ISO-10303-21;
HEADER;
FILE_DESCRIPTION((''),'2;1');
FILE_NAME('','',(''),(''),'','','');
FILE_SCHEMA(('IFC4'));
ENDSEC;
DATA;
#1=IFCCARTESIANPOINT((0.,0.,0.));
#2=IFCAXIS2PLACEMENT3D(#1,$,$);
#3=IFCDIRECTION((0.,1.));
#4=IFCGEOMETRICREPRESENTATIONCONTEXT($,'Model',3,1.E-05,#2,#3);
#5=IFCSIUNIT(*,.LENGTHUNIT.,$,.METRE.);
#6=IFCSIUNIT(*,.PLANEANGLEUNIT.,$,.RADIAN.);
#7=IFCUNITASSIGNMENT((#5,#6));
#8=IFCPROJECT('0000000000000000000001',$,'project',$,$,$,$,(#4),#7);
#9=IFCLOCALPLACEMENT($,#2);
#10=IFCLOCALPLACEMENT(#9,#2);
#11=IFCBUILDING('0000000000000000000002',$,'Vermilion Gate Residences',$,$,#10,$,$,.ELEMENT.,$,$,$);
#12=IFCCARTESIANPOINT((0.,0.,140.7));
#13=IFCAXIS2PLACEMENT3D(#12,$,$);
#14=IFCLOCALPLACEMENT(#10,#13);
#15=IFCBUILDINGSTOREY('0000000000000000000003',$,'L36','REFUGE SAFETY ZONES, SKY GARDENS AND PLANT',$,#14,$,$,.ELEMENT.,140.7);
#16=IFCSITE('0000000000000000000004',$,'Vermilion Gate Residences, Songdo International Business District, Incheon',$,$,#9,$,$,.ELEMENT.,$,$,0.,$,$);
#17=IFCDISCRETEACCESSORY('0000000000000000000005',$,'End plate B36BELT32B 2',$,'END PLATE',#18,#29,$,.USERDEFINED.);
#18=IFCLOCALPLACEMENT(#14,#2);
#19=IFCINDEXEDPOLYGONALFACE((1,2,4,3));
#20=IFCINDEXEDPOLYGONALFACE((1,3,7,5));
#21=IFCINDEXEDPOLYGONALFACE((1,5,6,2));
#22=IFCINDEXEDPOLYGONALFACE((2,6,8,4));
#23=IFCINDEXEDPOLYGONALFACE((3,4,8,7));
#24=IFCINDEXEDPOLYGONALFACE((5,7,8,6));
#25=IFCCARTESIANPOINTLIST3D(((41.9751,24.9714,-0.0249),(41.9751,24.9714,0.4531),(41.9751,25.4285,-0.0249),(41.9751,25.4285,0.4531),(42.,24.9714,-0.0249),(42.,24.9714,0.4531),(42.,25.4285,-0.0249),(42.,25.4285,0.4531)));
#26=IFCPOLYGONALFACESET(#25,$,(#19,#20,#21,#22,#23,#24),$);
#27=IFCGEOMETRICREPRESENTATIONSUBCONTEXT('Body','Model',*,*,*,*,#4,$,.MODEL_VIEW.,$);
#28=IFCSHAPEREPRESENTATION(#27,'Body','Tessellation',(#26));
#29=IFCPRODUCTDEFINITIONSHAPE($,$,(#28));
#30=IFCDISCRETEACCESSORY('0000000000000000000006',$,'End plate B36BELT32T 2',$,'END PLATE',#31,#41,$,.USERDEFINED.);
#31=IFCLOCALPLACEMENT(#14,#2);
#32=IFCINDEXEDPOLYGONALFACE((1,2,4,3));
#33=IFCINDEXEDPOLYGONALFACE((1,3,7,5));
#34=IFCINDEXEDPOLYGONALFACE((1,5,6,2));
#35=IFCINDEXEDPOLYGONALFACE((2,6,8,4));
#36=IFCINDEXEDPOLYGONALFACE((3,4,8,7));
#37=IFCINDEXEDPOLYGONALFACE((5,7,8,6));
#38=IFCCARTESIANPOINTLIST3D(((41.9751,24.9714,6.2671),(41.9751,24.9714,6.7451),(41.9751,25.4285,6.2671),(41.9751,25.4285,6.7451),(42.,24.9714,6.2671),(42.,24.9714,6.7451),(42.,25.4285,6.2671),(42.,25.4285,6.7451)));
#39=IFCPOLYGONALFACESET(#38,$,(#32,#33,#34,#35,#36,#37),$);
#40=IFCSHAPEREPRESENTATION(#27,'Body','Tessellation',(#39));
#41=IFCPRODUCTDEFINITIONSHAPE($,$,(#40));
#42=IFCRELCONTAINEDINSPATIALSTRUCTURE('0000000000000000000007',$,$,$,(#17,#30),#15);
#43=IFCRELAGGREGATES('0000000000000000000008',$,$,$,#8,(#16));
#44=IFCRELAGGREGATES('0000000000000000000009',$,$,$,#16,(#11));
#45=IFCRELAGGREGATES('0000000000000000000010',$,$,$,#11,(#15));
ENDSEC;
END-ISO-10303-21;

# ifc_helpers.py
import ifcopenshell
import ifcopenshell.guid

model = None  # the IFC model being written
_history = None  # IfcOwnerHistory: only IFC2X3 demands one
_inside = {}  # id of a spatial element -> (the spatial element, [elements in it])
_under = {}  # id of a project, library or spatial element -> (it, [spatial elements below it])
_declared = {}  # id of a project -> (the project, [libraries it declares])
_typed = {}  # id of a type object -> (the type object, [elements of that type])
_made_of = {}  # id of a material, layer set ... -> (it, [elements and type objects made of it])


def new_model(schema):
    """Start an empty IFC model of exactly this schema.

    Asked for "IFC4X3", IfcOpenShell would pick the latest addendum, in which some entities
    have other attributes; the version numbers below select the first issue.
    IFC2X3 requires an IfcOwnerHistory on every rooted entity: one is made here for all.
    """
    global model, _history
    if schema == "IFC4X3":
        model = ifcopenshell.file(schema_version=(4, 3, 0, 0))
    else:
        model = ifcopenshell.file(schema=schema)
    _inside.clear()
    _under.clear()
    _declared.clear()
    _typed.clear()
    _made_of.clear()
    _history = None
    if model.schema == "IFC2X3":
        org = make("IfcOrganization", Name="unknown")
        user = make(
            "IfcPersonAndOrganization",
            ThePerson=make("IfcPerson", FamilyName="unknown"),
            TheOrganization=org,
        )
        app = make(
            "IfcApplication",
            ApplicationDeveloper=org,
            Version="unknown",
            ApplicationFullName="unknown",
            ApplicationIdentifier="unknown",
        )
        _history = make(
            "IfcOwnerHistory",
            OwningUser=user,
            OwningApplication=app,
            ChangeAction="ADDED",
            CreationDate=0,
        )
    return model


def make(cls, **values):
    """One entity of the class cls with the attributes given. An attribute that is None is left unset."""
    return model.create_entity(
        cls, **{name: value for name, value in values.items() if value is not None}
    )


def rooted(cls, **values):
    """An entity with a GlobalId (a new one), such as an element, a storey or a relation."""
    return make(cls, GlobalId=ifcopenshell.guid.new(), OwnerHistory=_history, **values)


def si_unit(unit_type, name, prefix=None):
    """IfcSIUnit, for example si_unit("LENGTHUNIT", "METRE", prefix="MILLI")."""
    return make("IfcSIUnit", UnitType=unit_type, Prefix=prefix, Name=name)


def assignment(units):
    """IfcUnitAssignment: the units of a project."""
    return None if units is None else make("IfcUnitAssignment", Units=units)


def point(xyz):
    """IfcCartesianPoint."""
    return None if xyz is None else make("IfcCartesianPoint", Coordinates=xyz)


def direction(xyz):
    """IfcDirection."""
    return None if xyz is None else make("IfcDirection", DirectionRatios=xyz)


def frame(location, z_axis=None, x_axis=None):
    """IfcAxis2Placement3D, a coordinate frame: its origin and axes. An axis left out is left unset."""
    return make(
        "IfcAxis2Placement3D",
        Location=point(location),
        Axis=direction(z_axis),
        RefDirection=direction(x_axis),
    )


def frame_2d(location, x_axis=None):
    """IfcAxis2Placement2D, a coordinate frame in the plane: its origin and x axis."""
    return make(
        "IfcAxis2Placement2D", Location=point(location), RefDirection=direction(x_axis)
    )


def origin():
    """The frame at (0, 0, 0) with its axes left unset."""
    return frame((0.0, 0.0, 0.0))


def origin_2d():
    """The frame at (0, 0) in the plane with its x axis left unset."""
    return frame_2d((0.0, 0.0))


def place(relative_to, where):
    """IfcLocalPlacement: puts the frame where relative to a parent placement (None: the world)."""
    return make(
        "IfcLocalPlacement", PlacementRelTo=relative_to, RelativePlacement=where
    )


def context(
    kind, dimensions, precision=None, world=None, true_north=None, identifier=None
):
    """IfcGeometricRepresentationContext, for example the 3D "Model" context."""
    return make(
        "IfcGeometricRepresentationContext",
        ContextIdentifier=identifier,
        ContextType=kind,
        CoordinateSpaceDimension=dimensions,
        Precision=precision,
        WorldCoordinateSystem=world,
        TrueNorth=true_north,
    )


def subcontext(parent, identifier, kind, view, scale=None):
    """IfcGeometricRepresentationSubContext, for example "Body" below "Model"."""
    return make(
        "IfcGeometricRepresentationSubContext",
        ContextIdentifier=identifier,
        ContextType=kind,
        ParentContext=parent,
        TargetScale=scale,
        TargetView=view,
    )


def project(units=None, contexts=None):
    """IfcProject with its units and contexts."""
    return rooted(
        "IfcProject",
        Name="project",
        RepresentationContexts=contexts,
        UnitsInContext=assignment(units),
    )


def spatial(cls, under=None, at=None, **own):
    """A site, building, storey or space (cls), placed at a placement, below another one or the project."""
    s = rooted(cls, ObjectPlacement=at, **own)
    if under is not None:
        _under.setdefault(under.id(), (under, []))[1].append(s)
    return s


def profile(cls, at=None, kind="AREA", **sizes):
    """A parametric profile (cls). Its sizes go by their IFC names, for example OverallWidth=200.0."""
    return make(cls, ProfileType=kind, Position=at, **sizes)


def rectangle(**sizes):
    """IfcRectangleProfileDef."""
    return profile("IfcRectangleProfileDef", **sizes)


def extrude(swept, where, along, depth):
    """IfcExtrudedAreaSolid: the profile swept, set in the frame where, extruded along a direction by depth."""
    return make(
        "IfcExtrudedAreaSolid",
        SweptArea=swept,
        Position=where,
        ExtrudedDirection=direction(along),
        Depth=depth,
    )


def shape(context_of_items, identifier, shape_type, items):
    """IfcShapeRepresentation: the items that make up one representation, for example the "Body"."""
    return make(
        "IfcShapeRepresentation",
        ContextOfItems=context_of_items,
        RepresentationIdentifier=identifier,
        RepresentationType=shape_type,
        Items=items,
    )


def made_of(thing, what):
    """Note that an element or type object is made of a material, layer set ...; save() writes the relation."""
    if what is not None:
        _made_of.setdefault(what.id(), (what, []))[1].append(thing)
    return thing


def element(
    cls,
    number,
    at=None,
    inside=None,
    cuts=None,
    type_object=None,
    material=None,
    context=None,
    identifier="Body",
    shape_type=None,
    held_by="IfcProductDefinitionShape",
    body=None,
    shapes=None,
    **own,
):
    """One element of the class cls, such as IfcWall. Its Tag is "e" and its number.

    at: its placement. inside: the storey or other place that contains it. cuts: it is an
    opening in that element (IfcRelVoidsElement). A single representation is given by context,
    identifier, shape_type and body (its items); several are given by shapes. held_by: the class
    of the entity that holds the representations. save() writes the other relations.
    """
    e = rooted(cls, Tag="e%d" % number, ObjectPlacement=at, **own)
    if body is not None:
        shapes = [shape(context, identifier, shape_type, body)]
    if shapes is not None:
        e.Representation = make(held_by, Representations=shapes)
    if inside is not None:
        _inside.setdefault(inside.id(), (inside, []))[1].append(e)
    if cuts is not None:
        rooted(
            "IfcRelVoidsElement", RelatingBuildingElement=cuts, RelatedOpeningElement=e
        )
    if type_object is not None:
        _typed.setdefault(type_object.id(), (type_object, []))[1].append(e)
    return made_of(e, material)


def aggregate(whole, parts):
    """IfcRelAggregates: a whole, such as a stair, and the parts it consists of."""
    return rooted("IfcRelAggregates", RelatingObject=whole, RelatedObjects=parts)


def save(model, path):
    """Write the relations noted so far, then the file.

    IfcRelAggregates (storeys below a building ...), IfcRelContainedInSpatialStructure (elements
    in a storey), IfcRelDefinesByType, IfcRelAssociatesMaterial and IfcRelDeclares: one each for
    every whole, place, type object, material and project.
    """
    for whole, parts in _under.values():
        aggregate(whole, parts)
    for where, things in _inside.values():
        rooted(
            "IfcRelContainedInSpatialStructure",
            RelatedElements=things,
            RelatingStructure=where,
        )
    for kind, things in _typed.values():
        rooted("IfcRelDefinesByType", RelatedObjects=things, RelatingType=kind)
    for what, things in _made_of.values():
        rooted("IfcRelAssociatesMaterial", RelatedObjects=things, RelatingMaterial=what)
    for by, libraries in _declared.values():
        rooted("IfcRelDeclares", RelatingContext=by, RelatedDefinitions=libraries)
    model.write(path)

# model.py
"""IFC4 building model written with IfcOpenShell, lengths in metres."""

from ifc_helpers import new_model, si_unit, direction, frame, origin, origin_2d, place, context, subcontext, project, spatial, rectangle, extrude, element, save


model = new_model("IFC4")

# Units and contexts
model_context = context("Model", 3, precision=1e-05, world=origin(), true_north=direction((0.0, 1.0)))
body_context = subcontext(model_context, "Body", "Model", "MODEL_VIEW")
ifc_project = project(units=[si_unit("LENGTHUNIT", "METRE"), si_unit("PLANEANGLEUNIT", "RADIAN")], contexts=[model_context])

# Site, building, storey
site_placement = place(None, origin())
site = spatial("IfcSite", under=ifc_project, at=site_placement, Name="Vermilion Gate Residences, Songdo International Business District, Incheon", CompositionType="ELEMENT", RefElevation=0.0)
building_placement = place(site_placement, origin())
building = spatial("IfcBuilding", under=site, at=building_placement, Name="Vermilion Gate Residences", CompositionType="ELEMENT")
storey_placement = place(building_placement, frame((0.0, 0.0, 140.7)))
storey = spatial("IfcBuildingStorey", under=building, at=storey_placement, Name="L36", Description="REFUGE SAFETY ZONES, SKY GARDENS AND PLANT", CompositionType="ELEMENT", Elevation=140.7)

# Discrete accessories
for number, where, z_axis, x_axis, name in (
    (1, (41.9875, 25.2, -0.0249), (0.0, 0.0, 1.0), (1.0, 0.0, 0.0), "End plate B36BELT32B 2"),
    (2, (41.9875, 25.2, 6.2671), (0.0, 0.0, 1.0), (1.0, 0.0, 0.0), "End plate B36BELT32T 2"),
):
    element("IfcDiscreteAccessory", number, at=place(storey_placement, frame(where, z_axis=z_axis, x_axis=x_axis)), inside=storey, Name=name, ObjectType="END PLATE", PredefinedType="USERDEFINED", context=body_context, shape_type="SweptSolid", body=[
        extrude(rectangle(XDim=0.0249, YDim=0.457, at=origin_2d()), origin(), (0.0, 0.0, 1.0), 0.478),
    ])

save(model, "model.ifc")
